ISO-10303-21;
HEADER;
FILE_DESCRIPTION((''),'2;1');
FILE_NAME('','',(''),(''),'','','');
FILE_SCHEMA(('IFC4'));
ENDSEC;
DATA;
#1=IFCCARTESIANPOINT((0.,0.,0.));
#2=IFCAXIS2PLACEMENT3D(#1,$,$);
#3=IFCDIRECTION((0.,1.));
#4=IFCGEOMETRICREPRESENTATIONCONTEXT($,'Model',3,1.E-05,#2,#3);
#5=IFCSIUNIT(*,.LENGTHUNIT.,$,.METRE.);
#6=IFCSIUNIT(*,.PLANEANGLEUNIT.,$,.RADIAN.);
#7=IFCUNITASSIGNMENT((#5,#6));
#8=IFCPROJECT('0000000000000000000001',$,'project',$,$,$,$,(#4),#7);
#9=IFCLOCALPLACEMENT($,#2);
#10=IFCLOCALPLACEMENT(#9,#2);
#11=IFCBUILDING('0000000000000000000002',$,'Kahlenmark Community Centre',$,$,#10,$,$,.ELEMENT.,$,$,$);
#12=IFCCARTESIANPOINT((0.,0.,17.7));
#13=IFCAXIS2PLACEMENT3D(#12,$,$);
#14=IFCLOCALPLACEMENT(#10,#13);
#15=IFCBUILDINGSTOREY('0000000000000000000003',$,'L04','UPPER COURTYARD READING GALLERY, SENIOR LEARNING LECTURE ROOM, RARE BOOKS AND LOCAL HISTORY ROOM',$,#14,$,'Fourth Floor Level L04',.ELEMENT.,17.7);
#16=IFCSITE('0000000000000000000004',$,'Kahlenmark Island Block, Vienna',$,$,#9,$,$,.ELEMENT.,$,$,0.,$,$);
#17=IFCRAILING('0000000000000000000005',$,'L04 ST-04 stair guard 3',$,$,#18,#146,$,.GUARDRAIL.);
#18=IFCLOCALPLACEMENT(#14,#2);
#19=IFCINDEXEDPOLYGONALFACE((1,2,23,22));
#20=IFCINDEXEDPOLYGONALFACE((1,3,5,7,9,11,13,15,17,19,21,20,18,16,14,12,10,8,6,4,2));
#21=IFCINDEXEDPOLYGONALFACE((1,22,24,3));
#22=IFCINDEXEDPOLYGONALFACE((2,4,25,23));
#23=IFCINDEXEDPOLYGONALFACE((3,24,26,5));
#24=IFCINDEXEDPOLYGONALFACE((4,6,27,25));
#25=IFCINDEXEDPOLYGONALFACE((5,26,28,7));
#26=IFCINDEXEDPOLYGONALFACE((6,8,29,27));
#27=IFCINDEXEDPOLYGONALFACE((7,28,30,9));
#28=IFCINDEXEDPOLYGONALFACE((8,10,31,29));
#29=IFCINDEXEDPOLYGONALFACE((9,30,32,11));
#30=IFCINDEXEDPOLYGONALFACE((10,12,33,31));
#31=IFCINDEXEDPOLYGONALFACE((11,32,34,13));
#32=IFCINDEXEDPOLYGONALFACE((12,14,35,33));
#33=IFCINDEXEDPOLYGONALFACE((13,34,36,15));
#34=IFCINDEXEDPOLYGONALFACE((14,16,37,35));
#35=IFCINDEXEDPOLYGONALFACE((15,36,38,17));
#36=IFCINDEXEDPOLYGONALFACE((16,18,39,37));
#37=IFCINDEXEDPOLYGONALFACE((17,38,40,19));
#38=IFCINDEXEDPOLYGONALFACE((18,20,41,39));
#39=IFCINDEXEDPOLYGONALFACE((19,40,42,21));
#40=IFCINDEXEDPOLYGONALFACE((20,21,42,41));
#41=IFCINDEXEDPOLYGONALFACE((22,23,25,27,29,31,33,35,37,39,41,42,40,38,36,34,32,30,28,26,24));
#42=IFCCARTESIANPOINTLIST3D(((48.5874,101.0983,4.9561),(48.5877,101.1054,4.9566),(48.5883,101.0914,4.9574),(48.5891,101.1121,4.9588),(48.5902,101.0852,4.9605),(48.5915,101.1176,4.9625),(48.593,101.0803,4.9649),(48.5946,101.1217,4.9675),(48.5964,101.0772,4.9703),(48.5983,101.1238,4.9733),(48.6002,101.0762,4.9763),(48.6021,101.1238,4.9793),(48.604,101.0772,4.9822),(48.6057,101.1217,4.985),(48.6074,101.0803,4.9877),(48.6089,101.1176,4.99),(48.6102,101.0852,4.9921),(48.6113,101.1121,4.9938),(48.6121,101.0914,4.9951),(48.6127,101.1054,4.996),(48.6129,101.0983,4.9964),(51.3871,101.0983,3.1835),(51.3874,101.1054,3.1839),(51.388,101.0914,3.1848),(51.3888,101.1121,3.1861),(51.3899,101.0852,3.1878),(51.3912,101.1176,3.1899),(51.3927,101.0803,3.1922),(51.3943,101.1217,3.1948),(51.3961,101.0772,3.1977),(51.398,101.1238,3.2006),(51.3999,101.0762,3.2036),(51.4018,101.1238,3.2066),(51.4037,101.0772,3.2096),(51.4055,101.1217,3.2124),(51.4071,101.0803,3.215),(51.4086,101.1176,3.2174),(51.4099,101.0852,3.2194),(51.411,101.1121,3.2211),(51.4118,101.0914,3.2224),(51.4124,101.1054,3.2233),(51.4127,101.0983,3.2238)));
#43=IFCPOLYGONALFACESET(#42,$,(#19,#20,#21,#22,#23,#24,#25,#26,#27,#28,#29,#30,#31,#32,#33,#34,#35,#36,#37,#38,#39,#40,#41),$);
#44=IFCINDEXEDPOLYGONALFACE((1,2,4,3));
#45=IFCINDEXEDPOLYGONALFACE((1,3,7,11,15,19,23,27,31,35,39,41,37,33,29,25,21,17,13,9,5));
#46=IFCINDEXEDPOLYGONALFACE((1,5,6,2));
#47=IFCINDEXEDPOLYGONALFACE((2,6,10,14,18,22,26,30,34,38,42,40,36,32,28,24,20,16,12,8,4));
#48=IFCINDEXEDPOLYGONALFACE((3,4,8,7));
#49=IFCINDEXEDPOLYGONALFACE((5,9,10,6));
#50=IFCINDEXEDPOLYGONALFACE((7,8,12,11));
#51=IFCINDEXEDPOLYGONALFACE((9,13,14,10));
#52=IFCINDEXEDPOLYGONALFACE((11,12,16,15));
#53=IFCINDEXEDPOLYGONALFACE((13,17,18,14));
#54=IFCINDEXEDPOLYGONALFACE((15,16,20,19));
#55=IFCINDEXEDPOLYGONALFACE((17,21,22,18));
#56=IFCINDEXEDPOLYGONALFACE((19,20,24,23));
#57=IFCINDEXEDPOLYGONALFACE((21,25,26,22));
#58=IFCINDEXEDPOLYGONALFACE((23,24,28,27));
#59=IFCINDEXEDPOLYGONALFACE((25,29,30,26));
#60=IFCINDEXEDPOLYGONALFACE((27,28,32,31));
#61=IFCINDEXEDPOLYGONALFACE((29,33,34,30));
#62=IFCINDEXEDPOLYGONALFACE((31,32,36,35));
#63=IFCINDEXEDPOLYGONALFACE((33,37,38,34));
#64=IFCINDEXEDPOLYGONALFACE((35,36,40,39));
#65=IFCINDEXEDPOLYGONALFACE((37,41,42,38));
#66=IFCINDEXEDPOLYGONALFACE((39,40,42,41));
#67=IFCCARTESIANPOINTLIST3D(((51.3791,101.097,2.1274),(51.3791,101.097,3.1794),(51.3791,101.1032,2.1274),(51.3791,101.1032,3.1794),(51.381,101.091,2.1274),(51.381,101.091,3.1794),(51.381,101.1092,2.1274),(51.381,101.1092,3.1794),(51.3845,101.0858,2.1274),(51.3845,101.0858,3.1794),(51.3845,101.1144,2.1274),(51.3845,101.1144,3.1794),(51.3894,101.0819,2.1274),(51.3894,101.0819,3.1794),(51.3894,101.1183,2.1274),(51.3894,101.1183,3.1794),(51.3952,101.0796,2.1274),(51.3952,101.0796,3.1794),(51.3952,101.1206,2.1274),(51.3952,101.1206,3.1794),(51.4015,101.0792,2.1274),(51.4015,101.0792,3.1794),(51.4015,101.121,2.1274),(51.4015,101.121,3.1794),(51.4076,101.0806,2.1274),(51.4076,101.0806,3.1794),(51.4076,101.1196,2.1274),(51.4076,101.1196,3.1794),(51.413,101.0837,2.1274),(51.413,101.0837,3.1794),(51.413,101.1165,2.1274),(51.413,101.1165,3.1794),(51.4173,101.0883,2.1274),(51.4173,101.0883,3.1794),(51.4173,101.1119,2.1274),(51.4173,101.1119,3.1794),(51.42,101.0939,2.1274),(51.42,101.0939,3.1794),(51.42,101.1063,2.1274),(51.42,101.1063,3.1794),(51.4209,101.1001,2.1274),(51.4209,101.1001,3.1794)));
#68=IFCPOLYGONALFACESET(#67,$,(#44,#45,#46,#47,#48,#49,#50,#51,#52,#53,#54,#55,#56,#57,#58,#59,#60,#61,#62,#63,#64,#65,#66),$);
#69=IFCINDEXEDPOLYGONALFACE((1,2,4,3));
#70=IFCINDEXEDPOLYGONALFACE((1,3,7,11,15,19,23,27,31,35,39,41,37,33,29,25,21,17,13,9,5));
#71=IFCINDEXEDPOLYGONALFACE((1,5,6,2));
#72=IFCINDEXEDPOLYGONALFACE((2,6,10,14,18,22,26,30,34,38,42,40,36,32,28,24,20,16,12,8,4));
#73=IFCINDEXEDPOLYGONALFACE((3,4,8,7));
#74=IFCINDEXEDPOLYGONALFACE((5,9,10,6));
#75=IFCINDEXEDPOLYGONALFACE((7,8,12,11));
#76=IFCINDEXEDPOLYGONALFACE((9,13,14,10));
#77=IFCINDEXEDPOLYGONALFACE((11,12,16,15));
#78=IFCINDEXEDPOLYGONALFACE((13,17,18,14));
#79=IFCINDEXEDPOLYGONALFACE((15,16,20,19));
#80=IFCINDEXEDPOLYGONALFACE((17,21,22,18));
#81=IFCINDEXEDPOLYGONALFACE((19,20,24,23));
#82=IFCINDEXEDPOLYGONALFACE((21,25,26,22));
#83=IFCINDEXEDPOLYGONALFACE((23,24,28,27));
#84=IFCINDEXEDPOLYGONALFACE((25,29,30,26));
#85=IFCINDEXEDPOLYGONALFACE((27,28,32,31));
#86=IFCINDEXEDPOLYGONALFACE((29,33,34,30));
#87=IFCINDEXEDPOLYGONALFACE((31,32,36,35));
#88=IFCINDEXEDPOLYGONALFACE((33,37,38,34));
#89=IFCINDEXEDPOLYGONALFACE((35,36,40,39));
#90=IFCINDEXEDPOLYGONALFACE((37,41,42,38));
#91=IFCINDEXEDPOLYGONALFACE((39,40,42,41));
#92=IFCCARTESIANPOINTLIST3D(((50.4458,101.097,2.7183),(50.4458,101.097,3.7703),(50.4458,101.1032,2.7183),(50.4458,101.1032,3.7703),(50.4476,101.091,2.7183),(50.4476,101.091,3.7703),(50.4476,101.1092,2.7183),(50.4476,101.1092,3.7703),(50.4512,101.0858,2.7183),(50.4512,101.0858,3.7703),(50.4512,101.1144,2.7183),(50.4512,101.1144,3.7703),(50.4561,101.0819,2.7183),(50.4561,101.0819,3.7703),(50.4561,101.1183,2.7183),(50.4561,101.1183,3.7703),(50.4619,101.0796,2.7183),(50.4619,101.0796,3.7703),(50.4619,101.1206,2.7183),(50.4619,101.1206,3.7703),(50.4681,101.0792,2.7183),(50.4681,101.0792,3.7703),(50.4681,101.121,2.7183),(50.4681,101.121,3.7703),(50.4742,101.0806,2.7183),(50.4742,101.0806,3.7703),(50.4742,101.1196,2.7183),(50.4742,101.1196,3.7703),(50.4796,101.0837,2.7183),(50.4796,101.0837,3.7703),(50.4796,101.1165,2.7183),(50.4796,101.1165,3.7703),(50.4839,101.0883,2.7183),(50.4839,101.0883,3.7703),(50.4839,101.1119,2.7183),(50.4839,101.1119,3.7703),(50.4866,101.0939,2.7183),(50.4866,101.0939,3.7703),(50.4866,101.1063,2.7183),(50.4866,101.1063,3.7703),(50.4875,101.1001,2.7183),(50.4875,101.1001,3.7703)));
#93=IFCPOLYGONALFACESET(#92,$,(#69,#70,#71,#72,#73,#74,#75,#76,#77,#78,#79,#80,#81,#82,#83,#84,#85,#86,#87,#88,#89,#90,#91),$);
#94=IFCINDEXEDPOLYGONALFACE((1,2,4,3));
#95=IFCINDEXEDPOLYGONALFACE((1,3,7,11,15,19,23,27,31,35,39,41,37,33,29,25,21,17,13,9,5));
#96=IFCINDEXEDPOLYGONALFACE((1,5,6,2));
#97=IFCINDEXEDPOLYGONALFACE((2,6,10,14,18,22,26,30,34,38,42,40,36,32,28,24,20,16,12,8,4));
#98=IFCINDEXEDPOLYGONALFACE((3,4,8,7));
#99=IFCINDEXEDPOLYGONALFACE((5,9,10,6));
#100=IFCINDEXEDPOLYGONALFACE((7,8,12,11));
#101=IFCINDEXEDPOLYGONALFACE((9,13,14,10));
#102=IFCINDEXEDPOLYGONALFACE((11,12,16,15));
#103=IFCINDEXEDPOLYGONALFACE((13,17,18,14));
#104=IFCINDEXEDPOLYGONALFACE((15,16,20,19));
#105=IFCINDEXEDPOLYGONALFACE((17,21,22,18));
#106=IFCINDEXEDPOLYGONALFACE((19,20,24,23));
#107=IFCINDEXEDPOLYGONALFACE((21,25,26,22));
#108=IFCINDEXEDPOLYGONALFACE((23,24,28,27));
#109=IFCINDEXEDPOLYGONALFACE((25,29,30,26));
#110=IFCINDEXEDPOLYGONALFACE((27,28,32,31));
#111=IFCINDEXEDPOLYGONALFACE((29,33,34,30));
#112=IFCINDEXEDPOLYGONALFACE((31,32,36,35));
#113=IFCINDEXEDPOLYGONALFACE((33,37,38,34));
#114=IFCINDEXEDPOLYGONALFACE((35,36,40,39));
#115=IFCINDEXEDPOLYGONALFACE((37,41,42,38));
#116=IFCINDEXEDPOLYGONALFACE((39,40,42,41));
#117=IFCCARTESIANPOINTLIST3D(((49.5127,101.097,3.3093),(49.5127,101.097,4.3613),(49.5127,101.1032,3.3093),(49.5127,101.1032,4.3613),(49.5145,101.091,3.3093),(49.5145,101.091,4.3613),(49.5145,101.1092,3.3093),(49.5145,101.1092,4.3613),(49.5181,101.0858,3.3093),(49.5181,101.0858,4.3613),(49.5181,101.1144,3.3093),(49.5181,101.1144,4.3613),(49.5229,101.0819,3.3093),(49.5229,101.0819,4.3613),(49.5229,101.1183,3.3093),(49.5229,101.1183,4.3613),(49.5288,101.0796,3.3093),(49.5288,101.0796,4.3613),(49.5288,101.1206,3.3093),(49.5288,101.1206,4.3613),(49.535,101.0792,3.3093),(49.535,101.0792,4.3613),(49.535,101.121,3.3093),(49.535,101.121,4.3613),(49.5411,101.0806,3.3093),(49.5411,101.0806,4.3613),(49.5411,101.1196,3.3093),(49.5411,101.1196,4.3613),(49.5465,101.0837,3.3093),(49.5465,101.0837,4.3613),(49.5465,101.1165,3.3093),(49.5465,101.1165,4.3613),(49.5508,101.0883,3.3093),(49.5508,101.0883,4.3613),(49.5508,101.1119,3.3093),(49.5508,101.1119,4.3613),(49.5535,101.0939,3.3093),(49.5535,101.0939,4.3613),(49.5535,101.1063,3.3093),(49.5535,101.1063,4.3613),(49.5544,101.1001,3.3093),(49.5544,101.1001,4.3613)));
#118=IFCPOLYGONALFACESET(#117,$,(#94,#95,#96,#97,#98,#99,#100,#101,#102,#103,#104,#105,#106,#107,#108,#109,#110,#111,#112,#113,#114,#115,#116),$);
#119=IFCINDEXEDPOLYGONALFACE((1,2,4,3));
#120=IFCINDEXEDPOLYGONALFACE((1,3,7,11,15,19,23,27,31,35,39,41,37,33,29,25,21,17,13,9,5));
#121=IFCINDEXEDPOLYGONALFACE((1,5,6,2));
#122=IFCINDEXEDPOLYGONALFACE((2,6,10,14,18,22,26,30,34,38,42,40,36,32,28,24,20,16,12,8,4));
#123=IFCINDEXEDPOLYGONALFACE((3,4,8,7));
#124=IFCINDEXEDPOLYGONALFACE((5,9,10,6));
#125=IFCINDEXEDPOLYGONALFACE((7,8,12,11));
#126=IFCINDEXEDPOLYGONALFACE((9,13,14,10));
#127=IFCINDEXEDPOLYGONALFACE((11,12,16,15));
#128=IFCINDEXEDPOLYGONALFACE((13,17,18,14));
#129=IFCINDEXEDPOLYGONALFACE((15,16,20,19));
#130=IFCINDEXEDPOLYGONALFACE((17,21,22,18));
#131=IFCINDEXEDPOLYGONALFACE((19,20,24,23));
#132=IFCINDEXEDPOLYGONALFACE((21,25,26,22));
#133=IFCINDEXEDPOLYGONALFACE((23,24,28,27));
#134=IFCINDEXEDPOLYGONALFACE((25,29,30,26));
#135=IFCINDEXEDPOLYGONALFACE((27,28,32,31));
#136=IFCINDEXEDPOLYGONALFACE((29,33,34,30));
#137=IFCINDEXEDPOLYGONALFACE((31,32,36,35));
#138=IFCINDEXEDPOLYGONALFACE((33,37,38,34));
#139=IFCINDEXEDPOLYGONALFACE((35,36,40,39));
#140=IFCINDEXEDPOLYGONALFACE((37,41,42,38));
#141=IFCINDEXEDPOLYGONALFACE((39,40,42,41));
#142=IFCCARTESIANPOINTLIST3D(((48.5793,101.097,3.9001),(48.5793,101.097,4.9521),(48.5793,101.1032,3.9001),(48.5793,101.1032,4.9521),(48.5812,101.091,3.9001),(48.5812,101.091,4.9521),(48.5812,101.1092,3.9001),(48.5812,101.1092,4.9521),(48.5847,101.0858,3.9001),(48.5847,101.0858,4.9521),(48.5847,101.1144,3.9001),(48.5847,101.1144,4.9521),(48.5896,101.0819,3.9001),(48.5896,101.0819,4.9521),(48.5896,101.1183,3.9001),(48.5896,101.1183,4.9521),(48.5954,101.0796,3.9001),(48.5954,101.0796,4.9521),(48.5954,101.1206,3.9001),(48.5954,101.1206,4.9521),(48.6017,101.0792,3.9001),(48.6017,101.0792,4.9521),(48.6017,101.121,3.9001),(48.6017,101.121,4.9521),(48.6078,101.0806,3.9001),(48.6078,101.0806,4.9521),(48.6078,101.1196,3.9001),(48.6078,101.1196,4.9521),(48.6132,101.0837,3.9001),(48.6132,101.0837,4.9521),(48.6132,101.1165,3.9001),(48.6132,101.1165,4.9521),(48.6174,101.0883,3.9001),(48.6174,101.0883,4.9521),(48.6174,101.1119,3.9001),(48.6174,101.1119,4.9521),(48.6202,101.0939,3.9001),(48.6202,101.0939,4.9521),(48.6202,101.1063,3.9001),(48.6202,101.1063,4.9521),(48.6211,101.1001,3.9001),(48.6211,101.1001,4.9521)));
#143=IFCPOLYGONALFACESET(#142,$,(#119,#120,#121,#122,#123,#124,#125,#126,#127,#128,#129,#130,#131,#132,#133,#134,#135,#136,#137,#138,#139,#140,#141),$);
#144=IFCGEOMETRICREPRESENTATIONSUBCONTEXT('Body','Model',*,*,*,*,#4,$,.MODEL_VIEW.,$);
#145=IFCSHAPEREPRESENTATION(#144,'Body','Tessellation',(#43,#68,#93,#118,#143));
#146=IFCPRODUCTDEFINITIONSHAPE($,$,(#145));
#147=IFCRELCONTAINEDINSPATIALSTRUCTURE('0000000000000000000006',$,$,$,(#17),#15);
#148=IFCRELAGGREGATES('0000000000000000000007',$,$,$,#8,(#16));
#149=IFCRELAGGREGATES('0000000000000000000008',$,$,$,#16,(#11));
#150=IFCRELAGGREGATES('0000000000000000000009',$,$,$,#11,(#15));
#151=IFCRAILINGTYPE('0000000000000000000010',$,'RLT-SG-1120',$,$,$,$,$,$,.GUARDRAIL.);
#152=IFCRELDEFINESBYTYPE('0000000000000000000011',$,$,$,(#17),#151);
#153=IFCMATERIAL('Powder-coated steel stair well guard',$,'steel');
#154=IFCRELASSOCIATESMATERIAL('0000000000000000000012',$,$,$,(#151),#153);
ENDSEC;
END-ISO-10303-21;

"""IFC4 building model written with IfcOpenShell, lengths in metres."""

from ifc_helpers import new_model, si_unit, direction, frame, origin, origin_2d, place, context, subcontext, project, spatial, circle, extrude, material, type_object, element, save


model = new_model("IFC4")

# Units and contexts
model_context = context("Model", 3, precision=1e-05, world=origin(), true_north=direction((0.0, 1.0)))
body_context = subcontext(model_context, "Body", "Model", "MODEL_VIEW")
ifc_project = project(units=[si_unit("LENGTHUNIT", "METRE"), si_unit("PLANEANGLEUNIT", "RADIAN")], contexts=[model_context])

# Site, building, storey
site_placement = place(None, origin())
site = spatial("IfcSite", under=ifc_project, at=site_placement, Name="Kahlenmark Island Block, Vienna", CompositionType="ELEMENT", RefElevation=0.0)
building_placement = place(site_placement, origin())
building = spatial("IfcBuilding", under=site, at=building_placement, Name="Kahlenmark Community Centre", CompositionType="ELEMENT")
storey_placement = place(building_placement, frame((0.0, 0.0, 17.7)))
storey = spatial("IfcBuildingStorey", under=building, at=storey_placement, Name="L04", Description="UPPER COURTYARD READING GALLERY, SENIOR LEARNING LECTURE ROOM, RARE BOOKS AND LOCAL HISTORY ROOM", LongName="Fourth Floor Level L04", CompositionType="ELEMENT", Elevation=17.7)

# Railing
ifc_material_1 = material(Name="Powder-coated steel stair well guard", Category="steel")
railing_type = type_object("IfcRailingType", Name="RLT-SG-1120", PredefinedType="GUARDRAIL", material=ifc_material_1)
railing_1_placement = place(storey_placement, frame((51.3999, 101.1001, 2.1274)))
element("IfcRailing", 1, at=railing_1_placement, inside=storey, type_object=railing_type, Name="L04 ST-04 stair guard 3", PredefinedType="GUARDRAIL", context=body_context, shape_type="SweptSolid", body=[
    extrude(circle(Radius=0.0239, at=origin_2d()), frame((0.0, 0.0, 1.0762), z_axis=(-0.844888, 0.0, 0.534943), x_axis=(0.0, -1.0, 0.0)), (0.0, 0.0, 1.0), 3.3137),
    extrude(circle(Radius=0.021, at=origin_2d()), origin(), (0.0, 0.0, 1.0), 1.052),
    extrude(circle(Radius=0.021, at=origin_2d()), frame((-0.9333, 0.0, 0.5908)), (0.0, 0.0, 1.0), 1.052),
    extrude(circle(Radius=0.021, at=origin_2d()), frame((-1.8665, 0.0, 1.1819)), (0.0, 0.0, 1.0), 1.052),
    extrude(circle(Radius=0.021, at=origin_2d()), frame((-2.7998, 0.0, 1.7727)), (0.0, 0.0, 1.0), 1.052),
])

save(model, "model.ifc")
